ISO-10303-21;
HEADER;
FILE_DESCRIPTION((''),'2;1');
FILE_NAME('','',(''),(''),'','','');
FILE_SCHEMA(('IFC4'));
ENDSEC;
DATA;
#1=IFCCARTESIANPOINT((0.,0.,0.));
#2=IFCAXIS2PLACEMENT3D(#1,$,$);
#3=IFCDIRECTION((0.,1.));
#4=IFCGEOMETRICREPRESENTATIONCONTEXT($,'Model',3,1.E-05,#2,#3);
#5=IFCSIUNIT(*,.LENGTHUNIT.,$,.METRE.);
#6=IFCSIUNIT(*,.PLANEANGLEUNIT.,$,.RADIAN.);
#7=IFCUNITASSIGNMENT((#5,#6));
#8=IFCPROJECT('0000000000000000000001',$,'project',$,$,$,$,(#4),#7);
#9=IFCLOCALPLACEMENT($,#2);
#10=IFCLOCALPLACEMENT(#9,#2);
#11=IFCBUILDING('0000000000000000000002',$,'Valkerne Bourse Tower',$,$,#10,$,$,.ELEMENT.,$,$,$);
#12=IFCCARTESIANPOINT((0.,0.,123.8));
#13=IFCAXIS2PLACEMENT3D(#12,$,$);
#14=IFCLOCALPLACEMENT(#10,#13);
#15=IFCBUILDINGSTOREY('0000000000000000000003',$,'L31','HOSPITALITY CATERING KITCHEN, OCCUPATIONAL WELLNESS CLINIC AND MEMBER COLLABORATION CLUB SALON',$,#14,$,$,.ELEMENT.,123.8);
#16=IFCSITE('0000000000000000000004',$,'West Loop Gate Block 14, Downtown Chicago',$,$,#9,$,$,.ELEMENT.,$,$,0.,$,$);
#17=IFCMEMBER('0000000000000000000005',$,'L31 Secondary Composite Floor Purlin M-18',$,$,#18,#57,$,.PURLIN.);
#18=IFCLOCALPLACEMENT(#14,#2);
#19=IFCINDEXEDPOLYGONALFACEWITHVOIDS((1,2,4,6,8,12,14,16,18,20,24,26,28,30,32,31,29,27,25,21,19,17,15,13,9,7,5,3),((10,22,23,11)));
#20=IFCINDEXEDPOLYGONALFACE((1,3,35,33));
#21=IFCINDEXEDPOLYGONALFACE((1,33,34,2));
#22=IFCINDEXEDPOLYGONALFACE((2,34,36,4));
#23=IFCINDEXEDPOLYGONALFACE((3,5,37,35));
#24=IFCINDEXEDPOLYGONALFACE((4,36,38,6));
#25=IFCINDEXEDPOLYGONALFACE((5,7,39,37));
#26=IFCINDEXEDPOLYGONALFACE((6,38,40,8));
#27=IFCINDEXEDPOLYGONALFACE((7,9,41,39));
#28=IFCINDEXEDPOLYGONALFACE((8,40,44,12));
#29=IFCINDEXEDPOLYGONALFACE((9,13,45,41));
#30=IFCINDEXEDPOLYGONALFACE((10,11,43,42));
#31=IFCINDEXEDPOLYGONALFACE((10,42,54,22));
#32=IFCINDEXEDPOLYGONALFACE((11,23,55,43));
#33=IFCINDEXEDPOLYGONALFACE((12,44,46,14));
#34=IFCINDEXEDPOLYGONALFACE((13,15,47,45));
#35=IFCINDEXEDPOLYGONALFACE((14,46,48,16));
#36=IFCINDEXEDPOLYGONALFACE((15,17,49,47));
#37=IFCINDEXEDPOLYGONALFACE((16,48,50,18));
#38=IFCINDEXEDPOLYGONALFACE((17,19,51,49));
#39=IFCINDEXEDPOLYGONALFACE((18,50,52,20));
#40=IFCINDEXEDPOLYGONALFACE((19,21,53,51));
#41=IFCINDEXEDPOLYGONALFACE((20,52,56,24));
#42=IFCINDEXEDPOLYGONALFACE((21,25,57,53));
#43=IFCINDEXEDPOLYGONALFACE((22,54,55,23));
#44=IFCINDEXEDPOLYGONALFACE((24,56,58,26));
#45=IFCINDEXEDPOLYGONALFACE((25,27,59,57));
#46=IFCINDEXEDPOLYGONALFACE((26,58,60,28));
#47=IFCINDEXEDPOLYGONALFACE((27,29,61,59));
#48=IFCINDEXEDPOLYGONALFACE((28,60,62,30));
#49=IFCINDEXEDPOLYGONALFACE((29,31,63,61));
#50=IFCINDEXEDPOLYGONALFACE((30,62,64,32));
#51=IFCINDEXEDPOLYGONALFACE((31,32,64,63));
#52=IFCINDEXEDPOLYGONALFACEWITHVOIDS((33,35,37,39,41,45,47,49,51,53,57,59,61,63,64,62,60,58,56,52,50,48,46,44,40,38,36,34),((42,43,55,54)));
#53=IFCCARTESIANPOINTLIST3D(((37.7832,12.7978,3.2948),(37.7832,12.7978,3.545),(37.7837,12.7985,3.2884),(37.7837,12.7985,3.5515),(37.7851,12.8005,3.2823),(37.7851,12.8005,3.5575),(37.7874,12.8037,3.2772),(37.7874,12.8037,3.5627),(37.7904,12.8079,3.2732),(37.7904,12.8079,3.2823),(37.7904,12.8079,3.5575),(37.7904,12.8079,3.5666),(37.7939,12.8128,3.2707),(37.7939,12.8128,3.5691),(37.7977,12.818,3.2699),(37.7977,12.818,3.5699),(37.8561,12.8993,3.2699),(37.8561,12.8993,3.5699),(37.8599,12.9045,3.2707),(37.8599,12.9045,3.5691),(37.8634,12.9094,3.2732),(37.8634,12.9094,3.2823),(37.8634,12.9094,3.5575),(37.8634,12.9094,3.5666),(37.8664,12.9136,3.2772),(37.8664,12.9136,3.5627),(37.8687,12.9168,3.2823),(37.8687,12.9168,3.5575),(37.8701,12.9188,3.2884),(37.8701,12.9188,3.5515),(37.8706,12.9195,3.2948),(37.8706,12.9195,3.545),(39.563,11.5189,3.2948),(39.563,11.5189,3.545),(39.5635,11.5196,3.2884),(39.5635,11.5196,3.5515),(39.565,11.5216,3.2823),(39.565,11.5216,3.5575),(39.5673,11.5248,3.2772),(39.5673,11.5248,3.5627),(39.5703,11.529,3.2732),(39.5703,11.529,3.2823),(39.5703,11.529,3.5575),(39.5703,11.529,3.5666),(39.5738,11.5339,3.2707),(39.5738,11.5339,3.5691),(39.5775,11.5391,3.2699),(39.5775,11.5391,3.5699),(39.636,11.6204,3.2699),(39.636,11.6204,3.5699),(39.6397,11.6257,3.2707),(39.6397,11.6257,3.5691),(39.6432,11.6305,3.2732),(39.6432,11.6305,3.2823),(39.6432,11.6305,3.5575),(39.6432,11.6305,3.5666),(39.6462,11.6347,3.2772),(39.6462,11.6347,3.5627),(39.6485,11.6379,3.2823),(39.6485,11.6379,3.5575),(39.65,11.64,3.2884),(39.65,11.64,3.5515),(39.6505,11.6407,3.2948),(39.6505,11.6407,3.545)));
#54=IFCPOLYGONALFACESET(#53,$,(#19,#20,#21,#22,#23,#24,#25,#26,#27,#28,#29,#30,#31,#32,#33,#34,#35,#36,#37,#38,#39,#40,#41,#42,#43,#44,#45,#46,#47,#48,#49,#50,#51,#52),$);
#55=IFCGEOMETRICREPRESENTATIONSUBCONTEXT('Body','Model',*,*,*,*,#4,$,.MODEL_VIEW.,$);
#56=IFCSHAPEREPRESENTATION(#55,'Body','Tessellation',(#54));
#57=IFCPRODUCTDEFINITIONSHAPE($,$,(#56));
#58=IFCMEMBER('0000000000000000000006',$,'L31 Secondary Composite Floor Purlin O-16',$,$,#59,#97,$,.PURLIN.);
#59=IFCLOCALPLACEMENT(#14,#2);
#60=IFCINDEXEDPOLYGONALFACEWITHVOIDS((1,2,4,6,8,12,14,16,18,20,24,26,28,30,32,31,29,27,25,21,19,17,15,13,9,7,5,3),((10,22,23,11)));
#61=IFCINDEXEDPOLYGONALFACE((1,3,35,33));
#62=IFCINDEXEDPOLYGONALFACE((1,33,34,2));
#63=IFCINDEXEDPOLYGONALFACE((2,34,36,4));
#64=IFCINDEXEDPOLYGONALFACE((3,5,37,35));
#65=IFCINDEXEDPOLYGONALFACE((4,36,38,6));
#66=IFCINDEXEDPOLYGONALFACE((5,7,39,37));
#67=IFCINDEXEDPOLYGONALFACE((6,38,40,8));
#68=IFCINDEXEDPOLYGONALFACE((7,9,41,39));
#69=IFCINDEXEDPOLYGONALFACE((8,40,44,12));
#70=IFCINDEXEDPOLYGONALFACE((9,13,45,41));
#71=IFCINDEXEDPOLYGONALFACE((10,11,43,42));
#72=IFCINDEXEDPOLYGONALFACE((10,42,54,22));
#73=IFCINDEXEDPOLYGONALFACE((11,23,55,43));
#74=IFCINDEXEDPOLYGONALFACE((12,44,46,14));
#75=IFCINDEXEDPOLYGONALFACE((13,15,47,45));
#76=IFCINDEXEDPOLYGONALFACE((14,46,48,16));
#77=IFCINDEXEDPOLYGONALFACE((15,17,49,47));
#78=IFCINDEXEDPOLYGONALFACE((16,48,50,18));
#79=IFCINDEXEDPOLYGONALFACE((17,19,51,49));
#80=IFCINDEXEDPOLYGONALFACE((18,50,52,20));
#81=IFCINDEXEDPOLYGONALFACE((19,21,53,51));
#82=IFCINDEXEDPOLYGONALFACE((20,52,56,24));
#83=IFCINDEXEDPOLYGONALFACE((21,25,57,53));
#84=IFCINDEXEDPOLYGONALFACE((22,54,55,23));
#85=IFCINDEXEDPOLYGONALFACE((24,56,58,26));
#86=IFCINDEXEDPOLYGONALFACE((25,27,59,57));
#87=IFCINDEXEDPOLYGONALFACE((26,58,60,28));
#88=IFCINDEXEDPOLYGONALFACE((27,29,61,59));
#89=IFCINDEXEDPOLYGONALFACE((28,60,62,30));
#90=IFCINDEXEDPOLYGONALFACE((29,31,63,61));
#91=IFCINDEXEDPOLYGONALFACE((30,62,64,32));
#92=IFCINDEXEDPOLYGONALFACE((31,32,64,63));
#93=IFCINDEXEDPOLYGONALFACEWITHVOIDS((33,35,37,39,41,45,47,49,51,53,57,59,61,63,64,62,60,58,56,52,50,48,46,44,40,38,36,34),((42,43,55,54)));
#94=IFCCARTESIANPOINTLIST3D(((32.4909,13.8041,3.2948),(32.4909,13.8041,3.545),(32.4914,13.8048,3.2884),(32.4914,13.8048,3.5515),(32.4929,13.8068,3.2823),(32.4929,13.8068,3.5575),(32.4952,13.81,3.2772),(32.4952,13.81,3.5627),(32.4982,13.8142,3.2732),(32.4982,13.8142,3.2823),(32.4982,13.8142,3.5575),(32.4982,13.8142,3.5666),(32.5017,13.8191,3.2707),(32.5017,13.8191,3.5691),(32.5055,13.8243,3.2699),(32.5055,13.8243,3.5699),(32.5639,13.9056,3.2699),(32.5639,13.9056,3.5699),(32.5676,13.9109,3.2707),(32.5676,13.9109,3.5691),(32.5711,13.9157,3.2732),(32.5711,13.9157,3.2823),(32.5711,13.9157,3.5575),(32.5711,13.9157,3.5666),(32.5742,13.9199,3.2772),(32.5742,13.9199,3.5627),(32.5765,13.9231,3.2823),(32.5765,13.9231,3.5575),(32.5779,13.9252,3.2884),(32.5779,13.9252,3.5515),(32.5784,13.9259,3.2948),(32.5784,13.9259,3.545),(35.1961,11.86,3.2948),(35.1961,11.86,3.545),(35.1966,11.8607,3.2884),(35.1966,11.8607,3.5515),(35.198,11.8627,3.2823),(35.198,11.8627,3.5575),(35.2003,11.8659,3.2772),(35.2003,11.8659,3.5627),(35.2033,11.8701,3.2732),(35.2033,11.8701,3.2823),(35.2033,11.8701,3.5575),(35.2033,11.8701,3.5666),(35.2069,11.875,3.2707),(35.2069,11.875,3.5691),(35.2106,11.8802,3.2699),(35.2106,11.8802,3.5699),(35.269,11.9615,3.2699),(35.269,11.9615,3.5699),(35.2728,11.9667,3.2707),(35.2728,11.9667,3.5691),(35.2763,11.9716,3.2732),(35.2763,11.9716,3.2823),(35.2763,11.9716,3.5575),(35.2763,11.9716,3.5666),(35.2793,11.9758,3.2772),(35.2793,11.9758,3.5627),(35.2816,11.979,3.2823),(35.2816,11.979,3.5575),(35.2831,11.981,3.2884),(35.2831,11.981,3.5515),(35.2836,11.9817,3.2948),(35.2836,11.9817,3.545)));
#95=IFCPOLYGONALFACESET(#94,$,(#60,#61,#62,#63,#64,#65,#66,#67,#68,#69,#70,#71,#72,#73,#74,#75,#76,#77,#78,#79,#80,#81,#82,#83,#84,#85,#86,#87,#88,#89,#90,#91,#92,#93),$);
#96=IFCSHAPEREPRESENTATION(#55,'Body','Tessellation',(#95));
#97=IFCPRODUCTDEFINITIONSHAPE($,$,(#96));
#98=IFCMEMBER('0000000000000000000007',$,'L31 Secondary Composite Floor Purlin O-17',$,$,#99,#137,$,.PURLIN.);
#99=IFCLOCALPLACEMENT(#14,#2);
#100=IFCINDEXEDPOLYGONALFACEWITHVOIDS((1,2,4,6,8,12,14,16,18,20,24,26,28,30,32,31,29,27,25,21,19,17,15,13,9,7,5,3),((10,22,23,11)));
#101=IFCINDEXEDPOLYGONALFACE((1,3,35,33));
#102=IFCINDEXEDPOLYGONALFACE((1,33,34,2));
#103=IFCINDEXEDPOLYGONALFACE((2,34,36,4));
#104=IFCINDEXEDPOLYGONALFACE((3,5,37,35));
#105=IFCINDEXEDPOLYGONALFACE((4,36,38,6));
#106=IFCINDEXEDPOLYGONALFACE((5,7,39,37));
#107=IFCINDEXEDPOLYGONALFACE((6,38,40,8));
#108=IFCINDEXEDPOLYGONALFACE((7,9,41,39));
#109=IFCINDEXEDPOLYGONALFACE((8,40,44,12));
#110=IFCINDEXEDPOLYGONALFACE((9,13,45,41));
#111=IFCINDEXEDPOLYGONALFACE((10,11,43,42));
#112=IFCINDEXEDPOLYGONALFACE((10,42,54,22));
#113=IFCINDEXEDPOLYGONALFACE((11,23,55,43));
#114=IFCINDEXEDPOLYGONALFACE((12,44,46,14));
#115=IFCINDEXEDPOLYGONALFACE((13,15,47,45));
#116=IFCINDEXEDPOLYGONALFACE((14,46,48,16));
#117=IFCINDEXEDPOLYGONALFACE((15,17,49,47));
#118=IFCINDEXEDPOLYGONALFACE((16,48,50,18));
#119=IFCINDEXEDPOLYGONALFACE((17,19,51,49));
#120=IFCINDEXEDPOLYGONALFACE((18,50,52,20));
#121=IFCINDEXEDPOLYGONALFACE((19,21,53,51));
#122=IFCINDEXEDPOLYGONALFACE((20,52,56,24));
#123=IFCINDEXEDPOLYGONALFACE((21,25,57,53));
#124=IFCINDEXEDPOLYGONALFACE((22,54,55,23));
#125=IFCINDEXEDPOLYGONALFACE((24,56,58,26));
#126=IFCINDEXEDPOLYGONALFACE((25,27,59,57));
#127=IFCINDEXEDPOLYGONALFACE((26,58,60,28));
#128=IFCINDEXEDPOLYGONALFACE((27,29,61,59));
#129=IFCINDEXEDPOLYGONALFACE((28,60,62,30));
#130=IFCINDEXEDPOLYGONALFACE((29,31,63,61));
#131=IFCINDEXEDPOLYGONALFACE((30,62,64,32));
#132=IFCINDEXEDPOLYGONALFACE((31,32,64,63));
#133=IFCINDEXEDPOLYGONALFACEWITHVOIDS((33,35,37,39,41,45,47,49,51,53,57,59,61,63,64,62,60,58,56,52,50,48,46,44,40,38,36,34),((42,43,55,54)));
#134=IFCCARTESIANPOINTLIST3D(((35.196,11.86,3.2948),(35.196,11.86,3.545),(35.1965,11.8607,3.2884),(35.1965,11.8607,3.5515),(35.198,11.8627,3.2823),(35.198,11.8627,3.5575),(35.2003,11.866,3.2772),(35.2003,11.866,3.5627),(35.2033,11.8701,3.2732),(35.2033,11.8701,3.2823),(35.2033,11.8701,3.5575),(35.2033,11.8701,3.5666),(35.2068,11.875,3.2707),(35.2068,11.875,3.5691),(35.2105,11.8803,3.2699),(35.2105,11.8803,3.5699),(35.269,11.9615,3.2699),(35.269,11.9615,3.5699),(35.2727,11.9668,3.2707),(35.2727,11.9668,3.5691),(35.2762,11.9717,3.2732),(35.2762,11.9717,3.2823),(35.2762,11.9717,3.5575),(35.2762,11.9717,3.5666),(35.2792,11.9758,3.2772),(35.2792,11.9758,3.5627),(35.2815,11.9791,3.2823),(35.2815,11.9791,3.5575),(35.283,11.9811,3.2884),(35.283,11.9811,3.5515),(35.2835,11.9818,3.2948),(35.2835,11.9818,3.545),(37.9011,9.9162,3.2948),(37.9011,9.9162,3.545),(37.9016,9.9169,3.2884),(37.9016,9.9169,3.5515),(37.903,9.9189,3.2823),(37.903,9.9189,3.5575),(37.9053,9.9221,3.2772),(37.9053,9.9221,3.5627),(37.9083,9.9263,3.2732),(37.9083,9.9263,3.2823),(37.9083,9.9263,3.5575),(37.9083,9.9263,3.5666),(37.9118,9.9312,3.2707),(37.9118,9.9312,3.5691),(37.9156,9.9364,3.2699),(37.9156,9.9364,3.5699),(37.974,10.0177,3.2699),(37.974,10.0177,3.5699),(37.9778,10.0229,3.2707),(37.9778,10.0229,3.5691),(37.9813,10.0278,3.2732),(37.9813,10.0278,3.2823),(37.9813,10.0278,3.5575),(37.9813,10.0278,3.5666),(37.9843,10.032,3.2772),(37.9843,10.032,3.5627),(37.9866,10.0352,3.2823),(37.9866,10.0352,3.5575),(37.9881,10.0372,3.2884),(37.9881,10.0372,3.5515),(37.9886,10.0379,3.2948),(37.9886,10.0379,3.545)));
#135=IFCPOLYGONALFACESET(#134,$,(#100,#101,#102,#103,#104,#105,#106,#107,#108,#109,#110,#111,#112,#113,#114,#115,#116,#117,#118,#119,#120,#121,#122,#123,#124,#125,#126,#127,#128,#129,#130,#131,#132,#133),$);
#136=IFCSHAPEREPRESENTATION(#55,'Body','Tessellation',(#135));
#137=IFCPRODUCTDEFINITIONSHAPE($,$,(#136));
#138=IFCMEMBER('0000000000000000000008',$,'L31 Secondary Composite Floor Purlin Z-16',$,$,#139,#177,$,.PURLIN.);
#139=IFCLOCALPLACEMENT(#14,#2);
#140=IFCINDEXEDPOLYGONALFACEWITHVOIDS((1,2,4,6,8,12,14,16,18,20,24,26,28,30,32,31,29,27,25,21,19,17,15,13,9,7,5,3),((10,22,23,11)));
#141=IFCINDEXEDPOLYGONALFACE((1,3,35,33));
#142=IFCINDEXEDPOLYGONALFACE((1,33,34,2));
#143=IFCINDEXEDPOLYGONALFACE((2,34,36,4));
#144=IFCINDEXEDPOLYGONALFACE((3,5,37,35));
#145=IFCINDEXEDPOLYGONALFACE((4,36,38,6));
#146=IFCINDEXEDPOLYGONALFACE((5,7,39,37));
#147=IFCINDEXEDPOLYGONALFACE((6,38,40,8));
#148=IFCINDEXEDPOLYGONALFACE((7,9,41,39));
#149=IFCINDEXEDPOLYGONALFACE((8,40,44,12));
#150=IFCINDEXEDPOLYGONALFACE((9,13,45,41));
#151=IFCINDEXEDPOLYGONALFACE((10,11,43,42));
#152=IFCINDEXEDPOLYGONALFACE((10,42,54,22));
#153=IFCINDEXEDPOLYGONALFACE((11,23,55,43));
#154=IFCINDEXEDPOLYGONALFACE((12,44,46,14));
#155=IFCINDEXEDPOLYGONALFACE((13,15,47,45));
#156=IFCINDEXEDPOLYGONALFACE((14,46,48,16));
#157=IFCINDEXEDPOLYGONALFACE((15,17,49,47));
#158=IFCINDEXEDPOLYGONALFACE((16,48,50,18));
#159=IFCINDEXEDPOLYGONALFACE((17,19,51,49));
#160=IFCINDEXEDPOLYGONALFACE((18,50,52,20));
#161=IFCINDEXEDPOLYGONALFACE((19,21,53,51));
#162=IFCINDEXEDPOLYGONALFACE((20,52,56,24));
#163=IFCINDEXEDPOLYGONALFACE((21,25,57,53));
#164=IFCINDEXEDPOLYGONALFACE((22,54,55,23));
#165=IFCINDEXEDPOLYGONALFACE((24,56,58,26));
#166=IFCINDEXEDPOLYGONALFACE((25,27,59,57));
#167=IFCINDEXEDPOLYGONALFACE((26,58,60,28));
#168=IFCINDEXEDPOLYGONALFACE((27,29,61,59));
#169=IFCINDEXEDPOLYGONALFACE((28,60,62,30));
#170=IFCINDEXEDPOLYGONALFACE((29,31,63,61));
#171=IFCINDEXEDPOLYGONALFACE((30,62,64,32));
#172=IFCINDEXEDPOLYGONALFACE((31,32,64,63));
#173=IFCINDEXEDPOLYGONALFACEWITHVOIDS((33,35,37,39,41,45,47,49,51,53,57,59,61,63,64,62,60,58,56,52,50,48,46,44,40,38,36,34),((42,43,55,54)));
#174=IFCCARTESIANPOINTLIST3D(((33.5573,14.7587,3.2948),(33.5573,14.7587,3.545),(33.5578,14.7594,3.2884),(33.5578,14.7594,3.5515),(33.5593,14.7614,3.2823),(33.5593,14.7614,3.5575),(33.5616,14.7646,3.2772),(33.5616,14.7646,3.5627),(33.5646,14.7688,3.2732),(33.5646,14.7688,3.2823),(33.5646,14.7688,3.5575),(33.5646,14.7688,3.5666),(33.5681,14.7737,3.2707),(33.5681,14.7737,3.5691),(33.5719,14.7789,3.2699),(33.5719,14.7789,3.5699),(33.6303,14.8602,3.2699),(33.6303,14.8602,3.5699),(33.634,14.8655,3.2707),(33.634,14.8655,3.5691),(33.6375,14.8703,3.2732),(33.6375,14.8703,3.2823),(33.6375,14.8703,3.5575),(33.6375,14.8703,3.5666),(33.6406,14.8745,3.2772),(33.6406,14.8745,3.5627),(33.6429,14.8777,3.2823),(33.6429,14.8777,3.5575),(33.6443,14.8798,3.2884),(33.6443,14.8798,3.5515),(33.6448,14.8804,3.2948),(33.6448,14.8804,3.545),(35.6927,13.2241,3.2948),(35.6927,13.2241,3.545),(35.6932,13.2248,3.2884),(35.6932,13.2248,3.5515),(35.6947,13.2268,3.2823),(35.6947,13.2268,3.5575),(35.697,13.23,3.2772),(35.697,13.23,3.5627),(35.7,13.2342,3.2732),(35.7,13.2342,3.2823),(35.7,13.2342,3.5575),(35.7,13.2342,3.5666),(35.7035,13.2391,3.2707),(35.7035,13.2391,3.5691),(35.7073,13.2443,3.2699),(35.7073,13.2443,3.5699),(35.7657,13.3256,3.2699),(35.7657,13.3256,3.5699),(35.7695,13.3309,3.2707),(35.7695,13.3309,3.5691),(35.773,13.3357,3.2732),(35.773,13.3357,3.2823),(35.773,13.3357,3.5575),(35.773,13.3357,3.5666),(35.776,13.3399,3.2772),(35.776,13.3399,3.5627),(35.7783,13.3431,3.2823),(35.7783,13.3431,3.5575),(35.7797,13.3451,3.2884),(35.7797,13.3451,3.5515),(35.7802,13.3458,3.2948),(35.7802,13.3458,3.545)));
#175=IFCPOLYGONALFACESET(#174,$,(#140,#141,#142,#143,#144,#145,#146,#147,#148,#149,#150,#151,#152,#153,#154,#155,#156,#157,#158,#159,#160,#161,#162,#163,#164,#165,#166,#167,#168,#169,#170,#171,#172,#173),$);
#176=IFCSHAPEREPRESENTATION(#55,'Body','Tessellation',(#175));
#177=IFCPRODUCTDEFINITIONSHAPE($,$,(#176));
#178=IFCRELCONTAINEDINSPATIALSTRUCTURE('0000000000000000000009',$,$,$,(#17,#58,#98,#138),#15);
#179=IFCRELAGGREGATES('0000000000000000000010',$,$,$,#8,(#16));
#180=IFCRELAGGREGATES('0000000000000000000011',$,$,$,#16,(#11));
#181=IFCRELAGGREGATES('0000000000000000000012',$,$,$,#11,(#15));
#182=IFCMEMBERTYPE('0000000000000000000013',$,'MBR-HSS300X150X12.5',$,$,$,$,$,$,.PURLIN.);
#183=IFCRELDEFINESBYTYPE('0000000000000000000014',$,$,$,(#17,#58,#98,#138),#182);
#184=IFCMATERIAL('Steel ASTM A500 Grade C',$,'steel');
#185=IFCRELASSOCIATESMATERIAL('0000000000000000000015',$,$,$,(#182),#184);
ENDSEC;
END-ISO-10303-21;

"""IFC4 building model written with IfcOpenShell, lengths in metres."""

from ifc_helpers import new_model, si_unit, direction, frame, origin, origin_2d, place, context, subcontext, project, spatial, hollow_rectangle, extrude, material, material_profile, profile_set, type_object, element, save


model = new_model("IFC4")

# Units and contexts
model_context = context("Model", 3, precision=1e-05, world=origin(), true_north=direction((0.0, 1.0)))
body_context = subcontext(model_context, "Body", "Model", "MODEL_VIEW")
ifc_project = project(units=[si_unit("LENGTHUNIT", "METRE"), si_unit("PLANEANGLEUNIT", "RADIAN")], contexts=[model_context])

# Site, building, storey
site_placement = place(None, origin())
site = spatial("IfcSite", under=ifc_project, at=site_placement, Name="West Loop Gate Block 14, Downtown Chicago", CompositionType="ELEMENT", RefElevation=0.0)
building_placement = place(site_placement, origin())
building = spatial("IfcBuilding", under=site, at=building_placement, Name="Valkerne Bourse Tower", CompositionType="ELEMENT")
storey_placement = place(building_placement, frame((0.0, 0.0, 123.8)))
storey = spatial("IfcBuildingStorey", under=building, at=storey_placement, Name="L31", Description="HOSPITALITY CATERING KITCHEN, OCCUPATIONAL WELLNESS CLINIC AND MEMBER COLLABORATION CLUB SALON", CompositionType="ELEMENT", Elevation=123.8)

# Members
ifc_material_1 = material(Name="Steel ASTM A500 Grade C", Category="steel")
ifc_material_profile_1 = material_profile(ifc_material_1, hollow_rectangle(XDim=0.1499, YDim=0.3, WallThickness=0.0125, OuterFilletRadius=0.0249, at=origin_2d()), Name="HSS300X150X12.5")
ifc_profile_set_1 = profile_set([ifc_material_profile_1], Name="Steel ASTM A500 Grade C")
member_type_1 = type_object("IfcMemberType", Name="MBR-HSS300X150X12.5", PredefinedType="PURLIN", material=ifc_profile_set_1)
for number, where, z_axis, x_axis, name in (
    (1, (37.8269, 12.8586, 3.4199), (0.812104, -0.583512, 0.0), (0.583512, 0.812104, 0.0), "L31 Secondary Composite Floor Purlin M-18"),
):
    element("IfcMember", number, at=place(storey_placement, frame(where, z_axis=z_axis, x_axis=x_axis)), inside=storey, type_object=member_type_1, Name=name, PredefinedType="PURLIN", context=body_context, shape_type="SweptSolid", body=[
        extrude(hollow_rectangle(XDim=0.1499, YDim=0.3, WallThickness=0.0125, OuterFilletRadius=0.0249, at=origin_2d()), origin(), (0.0, 0.0, 1.0), 2.1917),
    ])
member_1_placement = place(storey_placement, frame((32.5347, 13.865, 3.4199), z_axis=(0.812041, -0.5836, 0.0), x_axis=(0.5836, 0.812041, 0.0)))
element("IfcMember", 2, at=member_1_placement, inside=storey, type_object=member_type_1, Name="L31 Secondary Composite Floor Purlin O-16", PredefinedType="PURLIN", context=body_context, shape_type="SweptSolid", body=[
    extrude(hollow_rectangle(XDim=0.1499, YDim=0.3, WallThickness=0.0125, OuterFilletRadius=0.0249, at=origin_2d()), origin(), (0.0, 0.0, 1.0), 3.3313),
])
member_2_placement = place(storey_placement, frame((35.2397, 11.9209, 3.4199), z_axis=(0.812076, -0.583551, 0.0), x_axis=(0.583551, 0.812076, 0.0)))
element("IfcMember", 3, at=member_2_placement, inside=storey, type_object=member_type_1, Name="L31 Secondary Composite Floor Purlin O-17", PredefinedType="PURLIN", context=body_context, shape_type="SweptSolid", body=[
    extrude(hollow_rectangle(XDim=0.1499, YDim=0.3, WallThickness=0.0125, OuterFilletRadius=0.0249, at=origin_2d()), origin(), (0.0, 0.0, 1.0), 3.3311),
])
member_3_placement = place(storey_placement, frame((33.6011, 14.8196, 3.4199), z_axis=(0.812055, -0.583581, 0.0), x_axis=(0.583581, 0.812055, 0.0)))
element("IfcMember", 4, at=member_3_placement, inside=storey, type_object=member_type_1, Name="L31 Secondary Composite Floor Purlin Z-16", PredefinedType="PURLIN", context=body_context, shape_type="SweptSolid", body=[
    extrude(hollow_rectangle(XDim=0.1499, YDim=0.3, WallThickness=0.0125, OuterFilletRadius=0.0249, at=origin_2d()), origin(), (0.0, 0.0, 1.0), 2.6296),
])

save(model, "model.ifc")
